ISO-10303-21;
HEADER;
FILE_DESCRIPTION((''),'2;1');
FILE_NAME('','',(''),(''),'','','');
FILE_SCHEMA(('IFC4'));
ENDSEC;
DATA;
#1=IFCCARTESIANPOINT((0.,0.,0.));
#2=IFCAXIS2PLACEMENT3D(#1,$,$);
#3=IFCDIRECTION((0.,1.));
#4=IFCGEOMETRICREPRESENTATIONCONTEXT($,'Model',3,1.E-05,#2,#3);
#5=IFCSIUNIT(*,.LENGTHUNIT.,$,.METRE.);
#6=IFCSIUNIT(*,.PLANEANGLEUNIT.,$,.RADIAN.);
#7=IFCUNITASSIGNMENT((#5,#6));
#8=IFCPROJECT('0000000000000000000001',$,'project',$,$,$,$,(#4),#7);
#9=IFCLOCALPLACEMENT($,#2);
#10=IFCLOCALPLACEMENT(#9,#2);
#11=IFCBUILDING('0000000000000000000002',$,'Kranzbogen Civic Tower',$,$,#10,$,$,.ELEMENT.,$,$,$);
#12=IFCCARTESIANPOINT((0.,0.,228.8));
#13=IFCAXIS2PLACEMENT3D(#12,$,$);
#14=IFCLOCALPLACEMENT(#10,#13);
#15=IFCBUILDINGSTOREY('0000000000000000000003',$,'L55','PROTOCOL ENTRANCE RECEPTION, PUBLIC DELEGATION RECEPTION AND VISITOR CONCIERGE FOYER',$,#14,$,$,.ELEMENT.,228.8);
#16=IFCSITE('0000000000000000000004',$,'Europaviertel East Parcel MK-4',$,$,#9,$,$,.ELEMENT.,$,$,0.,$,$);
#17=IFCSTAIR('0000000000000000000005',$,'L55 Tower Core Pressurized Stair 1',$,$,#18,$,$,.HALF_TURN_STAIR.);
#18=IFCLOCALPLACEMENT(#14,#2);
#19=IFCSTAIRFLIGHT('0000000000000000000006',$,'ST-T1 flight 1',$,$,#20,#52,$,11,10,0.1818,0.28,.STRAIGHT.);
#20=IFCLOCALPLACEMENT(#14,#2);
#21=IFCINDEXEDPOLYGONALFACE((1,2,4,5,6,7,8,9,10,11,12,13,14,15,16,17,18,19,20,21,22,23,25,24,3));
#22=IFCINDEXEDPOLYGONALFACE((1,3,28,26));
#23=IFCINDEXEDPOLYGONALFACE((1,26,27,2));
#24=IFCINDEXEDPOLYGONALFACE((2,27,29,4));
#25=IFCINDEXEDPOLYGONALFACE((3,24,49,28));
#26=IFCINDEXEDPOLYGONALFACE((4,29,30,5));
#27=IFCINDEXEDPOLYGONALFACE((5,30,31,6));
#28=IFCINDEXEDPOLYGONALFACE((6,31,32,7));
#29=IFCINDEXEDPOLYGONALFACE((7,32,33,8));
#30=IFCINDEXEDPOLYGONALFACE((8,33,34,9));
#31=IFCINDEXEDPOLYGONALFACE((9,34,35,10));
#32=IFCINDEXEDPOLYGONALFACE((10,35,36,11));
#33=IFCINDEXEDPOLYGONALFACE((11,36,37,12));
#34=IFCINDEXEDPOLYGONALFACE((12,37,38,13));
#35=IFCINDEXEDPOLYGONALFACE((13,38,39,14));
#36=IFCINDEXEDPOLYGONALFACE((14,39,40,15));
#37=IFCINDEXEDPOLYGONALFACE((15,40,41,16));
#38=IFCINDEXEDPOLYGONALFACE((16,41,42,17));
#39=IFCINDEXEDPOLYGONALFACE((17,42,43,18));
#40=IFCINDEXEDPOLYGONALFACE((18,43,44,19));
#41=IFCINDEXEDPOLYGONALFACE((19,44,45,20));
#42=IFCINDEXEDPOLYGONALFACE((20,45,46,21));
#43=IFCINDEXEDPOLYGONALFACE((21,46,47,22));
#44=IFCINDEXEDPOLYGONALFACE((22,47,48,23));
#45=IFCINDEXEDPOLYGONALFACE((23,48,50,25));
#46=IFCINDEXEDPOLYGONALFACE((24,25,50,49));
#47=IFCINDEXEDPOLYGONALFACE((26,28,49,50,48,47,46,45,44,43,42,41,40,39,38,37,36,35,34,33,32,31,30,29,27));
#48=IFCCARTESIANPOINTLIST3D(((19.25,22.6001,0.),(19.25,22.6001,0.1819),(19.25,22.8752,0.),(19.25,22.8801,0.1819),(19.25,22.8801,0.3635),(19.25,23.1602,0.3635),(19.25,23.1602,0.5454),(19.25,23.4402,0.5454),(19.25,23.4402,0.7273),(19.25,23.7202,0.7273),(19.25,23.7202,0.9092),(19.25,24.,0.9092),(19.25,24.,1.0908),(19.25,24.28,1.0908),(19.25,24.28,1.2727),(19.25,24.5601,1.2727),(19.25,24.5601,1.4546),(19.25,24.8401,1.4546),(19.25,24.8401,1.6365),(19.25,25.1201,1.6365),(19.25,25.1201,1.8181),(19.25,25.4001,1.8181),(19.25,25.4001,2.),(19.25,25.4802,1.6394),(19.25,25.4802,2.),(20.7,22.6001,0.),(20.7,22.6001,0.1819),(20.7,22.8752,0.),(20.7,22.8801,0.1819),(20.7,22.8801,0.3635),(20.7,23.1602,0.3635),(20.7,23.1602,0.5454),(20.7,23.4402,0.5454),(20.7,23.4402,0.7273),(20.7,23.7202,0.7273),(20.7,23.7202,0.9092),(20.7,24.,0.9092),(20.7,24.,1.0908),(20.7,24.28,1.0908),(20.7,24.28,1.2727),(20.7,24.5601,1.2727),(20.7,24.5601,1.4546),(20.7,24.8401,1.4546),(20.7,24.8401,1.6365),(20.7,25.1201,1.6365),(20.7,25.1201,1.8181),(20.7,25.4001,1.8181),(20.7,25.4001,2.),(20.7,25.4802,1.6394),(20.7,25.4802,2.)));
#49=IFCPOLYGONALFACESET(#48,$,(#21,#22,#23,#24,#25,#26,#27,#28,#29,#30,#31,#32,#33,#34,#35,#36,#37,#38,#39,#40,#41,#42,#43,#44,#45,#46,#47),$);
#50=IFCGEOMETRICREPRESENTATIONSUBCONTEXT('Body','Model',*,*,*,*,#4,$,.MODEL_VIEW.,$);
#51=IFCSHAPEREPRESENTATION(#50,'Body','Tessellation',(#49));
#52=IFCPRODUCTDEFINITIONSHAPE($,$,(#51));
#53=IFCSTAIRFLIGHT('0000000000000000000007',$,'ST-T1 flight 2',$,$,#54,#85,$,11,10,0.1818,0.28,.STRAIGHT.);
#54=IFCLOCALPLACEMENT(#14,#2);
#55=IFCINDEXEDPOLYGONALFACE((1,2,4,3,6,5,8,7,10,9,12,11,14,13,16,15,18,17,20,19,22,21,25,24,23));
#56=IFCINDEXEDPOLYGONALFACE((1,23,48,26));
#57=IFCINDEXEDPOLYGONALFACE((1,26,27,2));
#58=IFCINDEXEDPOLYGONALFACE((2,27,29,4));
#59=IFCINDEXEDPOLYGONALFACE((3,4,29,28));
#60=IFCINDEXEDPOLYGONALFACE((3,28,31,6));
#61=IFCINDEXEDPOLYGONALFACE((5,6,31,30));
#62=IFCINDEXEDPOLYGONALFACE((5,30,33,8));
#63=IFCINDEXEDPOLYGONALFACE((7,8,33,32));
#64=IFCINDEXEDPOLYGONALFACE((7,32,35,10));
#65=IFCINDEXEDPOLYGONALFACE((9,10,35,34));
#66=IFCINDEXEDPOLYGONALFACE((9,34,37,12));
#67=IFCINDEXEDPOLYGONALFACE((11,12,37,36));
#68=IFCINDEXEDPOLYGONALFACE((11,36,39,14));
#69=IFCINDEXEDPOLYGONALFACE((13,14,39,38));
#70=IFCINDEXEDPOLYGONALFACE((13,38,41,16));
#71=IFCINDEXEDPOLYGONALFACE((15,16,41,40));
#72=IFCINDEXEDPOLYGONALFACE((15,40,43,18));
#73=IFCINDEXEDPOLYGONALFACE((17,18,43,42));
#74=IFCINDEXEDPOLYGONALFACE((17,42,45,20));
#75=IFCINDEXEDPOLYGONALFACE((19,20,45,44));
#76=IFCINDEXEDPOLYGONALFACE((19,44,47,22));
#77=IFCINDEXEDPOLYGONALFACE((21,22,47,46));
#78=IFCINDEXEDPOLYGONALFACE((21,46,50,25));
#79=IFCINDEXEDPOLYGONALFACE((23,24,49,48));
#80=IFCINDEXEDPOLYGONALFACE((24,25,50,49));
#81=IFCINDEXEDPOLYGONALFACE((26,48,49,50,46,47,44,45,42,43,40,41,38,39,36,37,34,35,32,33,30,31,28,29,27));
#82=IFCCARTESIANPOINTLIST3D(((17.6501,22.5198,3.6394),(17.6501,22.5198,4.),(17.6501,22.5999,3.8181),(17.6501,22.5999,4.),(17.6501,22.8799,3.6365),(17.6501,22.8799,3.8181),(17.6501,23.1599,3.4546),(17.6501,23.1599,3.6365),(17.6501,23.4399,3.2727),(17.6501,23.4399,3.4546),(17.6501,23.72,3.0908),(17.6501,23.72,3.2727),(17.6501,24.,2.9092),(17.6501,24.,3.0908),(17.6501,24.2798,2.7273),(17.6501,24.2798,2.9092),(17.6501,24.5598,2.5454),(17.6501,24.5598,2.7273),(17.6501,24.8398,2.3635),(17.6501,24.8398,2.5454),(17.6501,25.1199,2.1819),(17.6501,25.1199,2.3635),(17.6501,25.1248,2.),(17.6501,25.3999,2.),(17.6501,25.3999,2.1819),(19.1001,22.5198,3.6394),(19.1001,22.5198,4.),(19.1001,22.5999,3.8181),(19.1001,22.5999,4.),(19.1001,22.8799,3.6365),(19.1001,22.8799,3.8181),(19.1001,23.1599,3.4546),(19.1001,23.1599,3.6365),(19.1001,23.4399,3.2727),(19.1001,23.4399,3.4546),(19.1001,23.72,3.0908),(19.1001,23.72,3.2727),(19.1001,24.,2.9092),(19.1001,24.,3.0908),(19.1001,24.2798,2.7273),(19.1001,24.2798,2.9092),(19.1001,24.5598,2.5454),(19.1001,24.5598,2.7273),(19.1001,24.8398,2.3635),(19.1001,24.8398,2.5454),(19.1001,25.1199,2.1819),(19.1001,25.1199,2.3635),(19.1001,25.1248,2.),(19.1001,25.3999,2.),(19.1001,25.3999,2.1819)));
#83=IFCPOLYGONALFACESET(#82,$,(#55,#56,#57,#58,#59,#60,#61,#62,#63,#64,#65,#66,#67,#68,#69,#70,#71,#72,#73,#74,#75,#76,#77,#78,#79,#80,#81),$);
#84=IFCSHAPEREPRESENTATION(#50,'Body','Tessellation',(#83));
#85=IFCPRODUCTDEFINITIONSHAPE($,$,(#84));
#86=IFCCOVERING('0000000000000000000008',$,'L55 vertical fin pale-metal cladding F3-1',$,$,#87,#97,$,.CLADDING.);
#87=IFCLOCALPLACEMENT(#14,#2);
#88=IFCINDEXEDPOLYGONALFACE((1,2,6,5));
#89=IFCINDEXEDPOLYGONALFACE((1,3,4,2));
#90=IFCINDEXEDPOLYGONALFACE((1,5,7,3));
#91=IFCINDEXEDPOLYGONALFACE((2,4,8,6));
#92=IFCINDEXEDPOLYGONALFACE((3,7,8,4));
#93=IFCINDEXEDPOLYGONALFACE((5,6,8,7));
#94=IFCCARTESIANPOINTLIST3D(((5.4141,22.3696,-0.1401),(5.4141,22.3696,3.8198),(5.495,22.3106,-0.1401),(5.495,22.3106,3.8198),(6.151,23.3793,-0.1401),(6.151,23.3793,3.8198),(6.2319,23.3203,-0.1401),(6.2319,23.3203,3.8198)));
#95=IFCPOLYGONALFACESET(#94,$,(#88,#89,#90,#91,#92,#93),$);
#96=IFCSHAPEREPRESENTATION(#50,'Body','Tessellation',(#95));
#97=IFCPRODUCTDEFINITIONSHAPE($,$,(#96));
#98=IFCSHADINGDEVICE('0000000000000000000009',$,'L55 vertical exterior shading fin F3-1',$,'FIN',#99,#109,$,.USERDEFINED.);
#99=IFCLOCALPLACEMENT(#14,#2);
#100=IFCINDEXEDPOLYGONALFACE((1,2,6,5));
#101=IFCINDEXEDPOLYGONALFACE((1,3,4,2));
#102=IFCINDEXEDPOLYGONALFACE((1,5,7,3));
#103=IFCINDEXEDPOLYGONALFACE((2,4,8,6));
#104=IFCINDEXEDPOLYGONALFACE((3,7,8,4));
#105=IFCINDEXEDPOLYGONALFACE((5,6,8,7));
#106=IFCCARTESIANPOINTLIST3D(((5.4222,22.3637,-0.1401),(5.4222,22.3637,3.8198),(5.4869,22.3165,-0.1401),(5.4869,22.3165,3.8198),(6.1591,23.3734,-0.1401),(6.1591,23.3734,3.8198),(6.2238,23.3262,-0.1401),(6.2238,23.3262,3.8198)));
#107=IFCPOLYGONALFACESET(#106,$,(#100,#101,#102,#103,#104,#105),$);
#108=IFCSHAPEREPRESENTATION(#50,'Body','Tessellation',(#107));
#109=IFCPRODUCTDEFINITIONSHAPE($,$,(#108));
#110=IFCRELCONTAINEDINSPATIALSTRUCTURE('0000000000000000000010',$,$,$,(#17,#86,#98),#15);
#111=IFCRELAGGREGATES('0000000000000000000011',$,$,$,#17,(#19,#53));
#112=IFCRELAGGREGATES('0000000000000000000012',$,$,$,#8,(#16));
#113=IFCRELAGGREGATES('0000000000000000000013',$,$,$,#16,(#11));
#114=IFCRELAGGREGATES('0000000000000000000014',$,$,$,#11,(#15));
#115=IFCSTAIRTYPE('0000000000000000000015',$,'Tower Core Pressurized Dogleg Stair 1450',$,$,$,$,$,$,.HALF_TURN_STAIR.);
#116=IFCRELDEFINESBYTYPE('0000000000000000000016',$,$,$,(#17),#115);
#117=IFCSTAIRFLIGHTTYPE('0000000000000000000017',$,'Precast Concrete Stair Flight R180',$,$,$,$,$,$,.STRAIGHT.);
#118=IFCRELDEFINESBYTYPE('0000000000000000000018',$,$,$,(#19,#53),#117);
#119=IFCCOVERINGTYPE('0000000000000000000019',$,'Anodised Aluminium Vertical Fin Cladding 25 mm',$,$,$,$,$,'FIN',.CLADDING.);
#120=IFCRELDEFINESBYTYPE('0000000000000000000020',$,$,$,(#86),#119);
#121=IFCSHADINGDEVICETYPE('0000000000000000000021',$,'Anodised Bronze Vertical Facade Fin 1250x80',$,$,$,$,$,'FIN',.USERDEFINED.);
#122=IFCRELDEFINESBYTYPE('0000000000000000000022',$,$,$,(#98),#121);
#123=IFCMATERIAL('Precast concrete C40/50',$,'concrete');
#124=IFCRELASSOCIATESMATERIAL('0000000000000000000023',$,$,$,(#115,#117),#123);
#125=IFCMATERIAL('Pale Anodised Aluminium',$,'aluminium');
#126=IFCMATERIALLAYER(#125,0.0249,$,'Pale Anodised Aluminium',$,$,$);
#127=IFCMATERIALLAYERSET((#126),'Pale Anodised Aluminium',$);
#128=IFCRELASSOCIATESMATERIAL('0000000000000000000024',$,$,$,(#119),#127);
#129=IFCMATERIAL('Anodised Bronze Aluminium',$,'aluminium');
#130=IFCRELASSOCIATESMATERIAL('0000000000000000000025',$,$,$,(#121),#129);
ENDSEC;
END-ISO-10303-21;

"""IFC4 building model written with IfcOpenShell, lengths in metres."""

from ifc_helpers import new_model, si_unit, direction, frame, origin, origin_2d, place, context, subcontext, project, spatial, polyline, rectangle, outline, extrude, material, layer, layer_set, type_object, element, aggregate, save


model = new_model("IFC4")

# Units and contexts
model_context = context("Model", 3, precision=1e-05, world=origin(), true_north=direction((0.0, 1.0)))
body_context = subcontext(model_context, "Body", "Model", "MODEL_VIEW")
ifc_project = project(units=[si_unit("LENGTHUNIT", "METRE"), si_unit("PLANEANGLEUNIT", "RADIAN")], contexts=[model_context])

# Site, building, storey
site_placement = place(None, origin())
site = spatial("IfcSite", under=ifc_project, at=site_placement, Name="Europaviertel East Parcel MK-4", CompositionType="ELEMENT", RefElevation=0.0)
building_placement = place(site_placement, origin())
building = spatial("IfcBuilding", under=site, at=building_placement, Name="Kranzbogen Civic Tower", CompositionType="ELEMENT")
storey_placement = place(building_placement, frame((0.0, 0.0, 228.8)))
storey = spatial("IfcBuildingStorey", under=building, at=storey_placement, Name="L55", Description="PROTOCOL ENTRANCE RECEPTION, PUBLIC DELEGATION RECEPTION AND VISITOR CONCIERGE FOYER", CompositionType="ELEMENT", Elevation=228.8)

# Shared definitions
ifc_material_1 = material(Name="Pale Anodised Aluminium", Category="aluminium")

# Stair, stair flights
ifc_material_2 = material(Name="Precast concrete C40/50", Category="concrete")
stair_type = type_object("IfcStairType", Name="Tower Core Pressurized Dogleg Stair 1450", PredefinedType="HALF_TURN_STAIR", material=ifc_material_2)
stair_placement = place(storey_placement, origin())
stair = element("IfcStair", 1, at=stair_placement, inside=storey, type_object=stair_type, Name="L55 Tower Core Pressurized Stair 1", PredefinedType="HALF_TURN_STAIR")
stair_flight_type = type_object("IfcStairFlightType", Name="Precast Concrete Stair Flight R180", PredefinedType="STRAIGHT", material=ifc_material_2)
stair_flight_1_placement = place(storey_placement, frame((19.9751, 22.6001, 0.0), z_axis=(0.0, 0.0, 1.0), x_axis=(0.0, 1.0, 0.0)))
stair_flight_1 = element("IfcStairFlight", 2, at=stair_flight_1_placement, type_object=stair_flight_type, Name="ST-T1 flight 1", NumberOfRisers=11, NumberOfTreads=10, PredefinedType="STRAIGHT", RiserHeight=0.1818, TreadLength=0.28, context=body_context, shape_type="SweptSolid", body=[
    extrude(outline(polyline([(0.0, 0.0), (0.0, 0.1819), (0.28, 0.1819), (0.28, 0.3635), (0.5601, 0.3635), (0.5601, 0.5454), (0.8401, 0.5454), (0.8401, 0.7273), (1.1201, 0.7273), (1.1201, 0.9092), (1.3999, 0.9092), (1.3999, 1.0908), (1.6799, 1.0908), (1.6799, 1.2727), (1.96, 1.2727), (1.96, 1.4546), (2.24, 1.4546), (2.24, 1.6365), (2.52, 1.6365), (2.52, 1.8181), (2.8, 1.8181), (2.8, 2.0), (2.8801, 2.0), (2.8801, 1.6394), (0.2751, 0.0), (0.0, 0.0)])), frame((0.0, 0.7251, 0.0), z_axis=(0.0, -1.0, 0.0), x_axis=(1.0, 0.0, 0.0)), (0.0, 0.0, 1.0), 1.45),
])
stair_flight_2_placement = place(storey_placement, frame((18.375, 25.3999, 2.0), z_axis=(0.0, 0.0, 1.0), x_axis=(0.0, -1.0, 0.0)))
stair_flight_2 = element("IfcStairFlight", 3, at=stair_flight_2_placement, type_object=stair_flight_type, Name="ST-T1 flight 2", NumberOfRisers=11, NumberOfTreads=10, PredefinedType="STRAIGHT", RiserHeight=0.1818, TreadLength=0.28, context=body_context, shape_type="SweptSolid", body=[
    extrude(outline(polyline([(0.0, 0.0), (0.0, 0.1819), (0.28, 0.1819), (0.28, 0.3635), (0.5601, 0.3635), (0.5601, 0.5454), (0.8401, 0.5454), (0.8401, 0.7273), (1.1201, 0.7273), (1.1201, 0.9092), (1.3999, 0.9092), (1.3999, 1.0908), (1.6799, 1.0908), (1.6799, 1.2727), (1.96, 1.2727), (1.96, 1.4546), (2.24, 1.4546), (2.24, 1.6365), (2.52, 1.6365), (2.52, 1.8181), (2.8, 1.8181), (2.8, 2.0), (2.8801, 2.0), (2.8801, 1.6394), (0.2751, 0.0), (0.0, 0.0)])), frame((0.0, 0.7251, 0.0), z_axis=(0.0, -1.0, 0.0), x_axis=(1.0, 0.0, 0.0)), (0.0, 0.0, 1.0), 1.45),
])
aggregate(stair, [stair_flight_1, stair_flight_2])

# Covering
ifc_layer_1 = layer(ifc_material_1, 0.0249, Name="Pale Anodised Aluminium")
ifc_layer_set_1 = layer_set([ifc_layer_1], Name="Pale Anodised Aluminium")
covering_type = type_object("IfcCoveringType", Name="Anodised Aluminium Vertical Fin Cladding 25 mm", ElementType="FIN", PredefinedType="CLADDING", material=ifc_layer_set_1)
covering_placement = place(storey_placement, frame((5.823, 22.845, -0.1401), z_axis=(0.0, 0.0, 1.0), x_axis=(-0.589521, -0.807753, 0.0)))
element("IfcCovering", 4, at=covering_placement, inside=storey, type_object=covering_type, Name="L55 vertical fin pale-metal cladding F3-1", PredefinedType="CLADDING", context=body_context, shape_type="SweptSolid", body=[
    extrude(rectangle(XDim=1.25, YDim=0.1001, at=origin_2d()), origin(), (0.0, 0.0, 1.0), 3.96),
])

# Shading device
ifc_material_3 = material(Name="Anodised Bronze Aluminium", Category="aluminium")
shading_device_type = type_object("IfcShadingDeviceType", Name="Anodised Bronze Vertical Facade Fin 1250x80", ElementType="FIN", PredefinedType="USERDEFINED", material=ifc_material_3)
shading_device_placement = place(storey_placement, frame((5.823, 22.845, -0.1401), z_axis=(0.0, 0.0, 1.0), x_axis=(-0.589521, -0.807753, 0.0)))
element("IfcShadingDevice", 5, at=shading_device_placement, inside=storey, type_object=shading_device_type, Name="L55 vertical exterior shading fin F3-1", ObjectType="FIN", PredefinedType="USERDEFINED", context=body_context, shape_type="SweptSolid", body=[
    extrude(rectangle(XDim=1.25, YDim=0.0801, at=origin_2d()), origin(), (0.0, 0.0, 1.0), 3.96),
])

save(model, "model.ifc")
